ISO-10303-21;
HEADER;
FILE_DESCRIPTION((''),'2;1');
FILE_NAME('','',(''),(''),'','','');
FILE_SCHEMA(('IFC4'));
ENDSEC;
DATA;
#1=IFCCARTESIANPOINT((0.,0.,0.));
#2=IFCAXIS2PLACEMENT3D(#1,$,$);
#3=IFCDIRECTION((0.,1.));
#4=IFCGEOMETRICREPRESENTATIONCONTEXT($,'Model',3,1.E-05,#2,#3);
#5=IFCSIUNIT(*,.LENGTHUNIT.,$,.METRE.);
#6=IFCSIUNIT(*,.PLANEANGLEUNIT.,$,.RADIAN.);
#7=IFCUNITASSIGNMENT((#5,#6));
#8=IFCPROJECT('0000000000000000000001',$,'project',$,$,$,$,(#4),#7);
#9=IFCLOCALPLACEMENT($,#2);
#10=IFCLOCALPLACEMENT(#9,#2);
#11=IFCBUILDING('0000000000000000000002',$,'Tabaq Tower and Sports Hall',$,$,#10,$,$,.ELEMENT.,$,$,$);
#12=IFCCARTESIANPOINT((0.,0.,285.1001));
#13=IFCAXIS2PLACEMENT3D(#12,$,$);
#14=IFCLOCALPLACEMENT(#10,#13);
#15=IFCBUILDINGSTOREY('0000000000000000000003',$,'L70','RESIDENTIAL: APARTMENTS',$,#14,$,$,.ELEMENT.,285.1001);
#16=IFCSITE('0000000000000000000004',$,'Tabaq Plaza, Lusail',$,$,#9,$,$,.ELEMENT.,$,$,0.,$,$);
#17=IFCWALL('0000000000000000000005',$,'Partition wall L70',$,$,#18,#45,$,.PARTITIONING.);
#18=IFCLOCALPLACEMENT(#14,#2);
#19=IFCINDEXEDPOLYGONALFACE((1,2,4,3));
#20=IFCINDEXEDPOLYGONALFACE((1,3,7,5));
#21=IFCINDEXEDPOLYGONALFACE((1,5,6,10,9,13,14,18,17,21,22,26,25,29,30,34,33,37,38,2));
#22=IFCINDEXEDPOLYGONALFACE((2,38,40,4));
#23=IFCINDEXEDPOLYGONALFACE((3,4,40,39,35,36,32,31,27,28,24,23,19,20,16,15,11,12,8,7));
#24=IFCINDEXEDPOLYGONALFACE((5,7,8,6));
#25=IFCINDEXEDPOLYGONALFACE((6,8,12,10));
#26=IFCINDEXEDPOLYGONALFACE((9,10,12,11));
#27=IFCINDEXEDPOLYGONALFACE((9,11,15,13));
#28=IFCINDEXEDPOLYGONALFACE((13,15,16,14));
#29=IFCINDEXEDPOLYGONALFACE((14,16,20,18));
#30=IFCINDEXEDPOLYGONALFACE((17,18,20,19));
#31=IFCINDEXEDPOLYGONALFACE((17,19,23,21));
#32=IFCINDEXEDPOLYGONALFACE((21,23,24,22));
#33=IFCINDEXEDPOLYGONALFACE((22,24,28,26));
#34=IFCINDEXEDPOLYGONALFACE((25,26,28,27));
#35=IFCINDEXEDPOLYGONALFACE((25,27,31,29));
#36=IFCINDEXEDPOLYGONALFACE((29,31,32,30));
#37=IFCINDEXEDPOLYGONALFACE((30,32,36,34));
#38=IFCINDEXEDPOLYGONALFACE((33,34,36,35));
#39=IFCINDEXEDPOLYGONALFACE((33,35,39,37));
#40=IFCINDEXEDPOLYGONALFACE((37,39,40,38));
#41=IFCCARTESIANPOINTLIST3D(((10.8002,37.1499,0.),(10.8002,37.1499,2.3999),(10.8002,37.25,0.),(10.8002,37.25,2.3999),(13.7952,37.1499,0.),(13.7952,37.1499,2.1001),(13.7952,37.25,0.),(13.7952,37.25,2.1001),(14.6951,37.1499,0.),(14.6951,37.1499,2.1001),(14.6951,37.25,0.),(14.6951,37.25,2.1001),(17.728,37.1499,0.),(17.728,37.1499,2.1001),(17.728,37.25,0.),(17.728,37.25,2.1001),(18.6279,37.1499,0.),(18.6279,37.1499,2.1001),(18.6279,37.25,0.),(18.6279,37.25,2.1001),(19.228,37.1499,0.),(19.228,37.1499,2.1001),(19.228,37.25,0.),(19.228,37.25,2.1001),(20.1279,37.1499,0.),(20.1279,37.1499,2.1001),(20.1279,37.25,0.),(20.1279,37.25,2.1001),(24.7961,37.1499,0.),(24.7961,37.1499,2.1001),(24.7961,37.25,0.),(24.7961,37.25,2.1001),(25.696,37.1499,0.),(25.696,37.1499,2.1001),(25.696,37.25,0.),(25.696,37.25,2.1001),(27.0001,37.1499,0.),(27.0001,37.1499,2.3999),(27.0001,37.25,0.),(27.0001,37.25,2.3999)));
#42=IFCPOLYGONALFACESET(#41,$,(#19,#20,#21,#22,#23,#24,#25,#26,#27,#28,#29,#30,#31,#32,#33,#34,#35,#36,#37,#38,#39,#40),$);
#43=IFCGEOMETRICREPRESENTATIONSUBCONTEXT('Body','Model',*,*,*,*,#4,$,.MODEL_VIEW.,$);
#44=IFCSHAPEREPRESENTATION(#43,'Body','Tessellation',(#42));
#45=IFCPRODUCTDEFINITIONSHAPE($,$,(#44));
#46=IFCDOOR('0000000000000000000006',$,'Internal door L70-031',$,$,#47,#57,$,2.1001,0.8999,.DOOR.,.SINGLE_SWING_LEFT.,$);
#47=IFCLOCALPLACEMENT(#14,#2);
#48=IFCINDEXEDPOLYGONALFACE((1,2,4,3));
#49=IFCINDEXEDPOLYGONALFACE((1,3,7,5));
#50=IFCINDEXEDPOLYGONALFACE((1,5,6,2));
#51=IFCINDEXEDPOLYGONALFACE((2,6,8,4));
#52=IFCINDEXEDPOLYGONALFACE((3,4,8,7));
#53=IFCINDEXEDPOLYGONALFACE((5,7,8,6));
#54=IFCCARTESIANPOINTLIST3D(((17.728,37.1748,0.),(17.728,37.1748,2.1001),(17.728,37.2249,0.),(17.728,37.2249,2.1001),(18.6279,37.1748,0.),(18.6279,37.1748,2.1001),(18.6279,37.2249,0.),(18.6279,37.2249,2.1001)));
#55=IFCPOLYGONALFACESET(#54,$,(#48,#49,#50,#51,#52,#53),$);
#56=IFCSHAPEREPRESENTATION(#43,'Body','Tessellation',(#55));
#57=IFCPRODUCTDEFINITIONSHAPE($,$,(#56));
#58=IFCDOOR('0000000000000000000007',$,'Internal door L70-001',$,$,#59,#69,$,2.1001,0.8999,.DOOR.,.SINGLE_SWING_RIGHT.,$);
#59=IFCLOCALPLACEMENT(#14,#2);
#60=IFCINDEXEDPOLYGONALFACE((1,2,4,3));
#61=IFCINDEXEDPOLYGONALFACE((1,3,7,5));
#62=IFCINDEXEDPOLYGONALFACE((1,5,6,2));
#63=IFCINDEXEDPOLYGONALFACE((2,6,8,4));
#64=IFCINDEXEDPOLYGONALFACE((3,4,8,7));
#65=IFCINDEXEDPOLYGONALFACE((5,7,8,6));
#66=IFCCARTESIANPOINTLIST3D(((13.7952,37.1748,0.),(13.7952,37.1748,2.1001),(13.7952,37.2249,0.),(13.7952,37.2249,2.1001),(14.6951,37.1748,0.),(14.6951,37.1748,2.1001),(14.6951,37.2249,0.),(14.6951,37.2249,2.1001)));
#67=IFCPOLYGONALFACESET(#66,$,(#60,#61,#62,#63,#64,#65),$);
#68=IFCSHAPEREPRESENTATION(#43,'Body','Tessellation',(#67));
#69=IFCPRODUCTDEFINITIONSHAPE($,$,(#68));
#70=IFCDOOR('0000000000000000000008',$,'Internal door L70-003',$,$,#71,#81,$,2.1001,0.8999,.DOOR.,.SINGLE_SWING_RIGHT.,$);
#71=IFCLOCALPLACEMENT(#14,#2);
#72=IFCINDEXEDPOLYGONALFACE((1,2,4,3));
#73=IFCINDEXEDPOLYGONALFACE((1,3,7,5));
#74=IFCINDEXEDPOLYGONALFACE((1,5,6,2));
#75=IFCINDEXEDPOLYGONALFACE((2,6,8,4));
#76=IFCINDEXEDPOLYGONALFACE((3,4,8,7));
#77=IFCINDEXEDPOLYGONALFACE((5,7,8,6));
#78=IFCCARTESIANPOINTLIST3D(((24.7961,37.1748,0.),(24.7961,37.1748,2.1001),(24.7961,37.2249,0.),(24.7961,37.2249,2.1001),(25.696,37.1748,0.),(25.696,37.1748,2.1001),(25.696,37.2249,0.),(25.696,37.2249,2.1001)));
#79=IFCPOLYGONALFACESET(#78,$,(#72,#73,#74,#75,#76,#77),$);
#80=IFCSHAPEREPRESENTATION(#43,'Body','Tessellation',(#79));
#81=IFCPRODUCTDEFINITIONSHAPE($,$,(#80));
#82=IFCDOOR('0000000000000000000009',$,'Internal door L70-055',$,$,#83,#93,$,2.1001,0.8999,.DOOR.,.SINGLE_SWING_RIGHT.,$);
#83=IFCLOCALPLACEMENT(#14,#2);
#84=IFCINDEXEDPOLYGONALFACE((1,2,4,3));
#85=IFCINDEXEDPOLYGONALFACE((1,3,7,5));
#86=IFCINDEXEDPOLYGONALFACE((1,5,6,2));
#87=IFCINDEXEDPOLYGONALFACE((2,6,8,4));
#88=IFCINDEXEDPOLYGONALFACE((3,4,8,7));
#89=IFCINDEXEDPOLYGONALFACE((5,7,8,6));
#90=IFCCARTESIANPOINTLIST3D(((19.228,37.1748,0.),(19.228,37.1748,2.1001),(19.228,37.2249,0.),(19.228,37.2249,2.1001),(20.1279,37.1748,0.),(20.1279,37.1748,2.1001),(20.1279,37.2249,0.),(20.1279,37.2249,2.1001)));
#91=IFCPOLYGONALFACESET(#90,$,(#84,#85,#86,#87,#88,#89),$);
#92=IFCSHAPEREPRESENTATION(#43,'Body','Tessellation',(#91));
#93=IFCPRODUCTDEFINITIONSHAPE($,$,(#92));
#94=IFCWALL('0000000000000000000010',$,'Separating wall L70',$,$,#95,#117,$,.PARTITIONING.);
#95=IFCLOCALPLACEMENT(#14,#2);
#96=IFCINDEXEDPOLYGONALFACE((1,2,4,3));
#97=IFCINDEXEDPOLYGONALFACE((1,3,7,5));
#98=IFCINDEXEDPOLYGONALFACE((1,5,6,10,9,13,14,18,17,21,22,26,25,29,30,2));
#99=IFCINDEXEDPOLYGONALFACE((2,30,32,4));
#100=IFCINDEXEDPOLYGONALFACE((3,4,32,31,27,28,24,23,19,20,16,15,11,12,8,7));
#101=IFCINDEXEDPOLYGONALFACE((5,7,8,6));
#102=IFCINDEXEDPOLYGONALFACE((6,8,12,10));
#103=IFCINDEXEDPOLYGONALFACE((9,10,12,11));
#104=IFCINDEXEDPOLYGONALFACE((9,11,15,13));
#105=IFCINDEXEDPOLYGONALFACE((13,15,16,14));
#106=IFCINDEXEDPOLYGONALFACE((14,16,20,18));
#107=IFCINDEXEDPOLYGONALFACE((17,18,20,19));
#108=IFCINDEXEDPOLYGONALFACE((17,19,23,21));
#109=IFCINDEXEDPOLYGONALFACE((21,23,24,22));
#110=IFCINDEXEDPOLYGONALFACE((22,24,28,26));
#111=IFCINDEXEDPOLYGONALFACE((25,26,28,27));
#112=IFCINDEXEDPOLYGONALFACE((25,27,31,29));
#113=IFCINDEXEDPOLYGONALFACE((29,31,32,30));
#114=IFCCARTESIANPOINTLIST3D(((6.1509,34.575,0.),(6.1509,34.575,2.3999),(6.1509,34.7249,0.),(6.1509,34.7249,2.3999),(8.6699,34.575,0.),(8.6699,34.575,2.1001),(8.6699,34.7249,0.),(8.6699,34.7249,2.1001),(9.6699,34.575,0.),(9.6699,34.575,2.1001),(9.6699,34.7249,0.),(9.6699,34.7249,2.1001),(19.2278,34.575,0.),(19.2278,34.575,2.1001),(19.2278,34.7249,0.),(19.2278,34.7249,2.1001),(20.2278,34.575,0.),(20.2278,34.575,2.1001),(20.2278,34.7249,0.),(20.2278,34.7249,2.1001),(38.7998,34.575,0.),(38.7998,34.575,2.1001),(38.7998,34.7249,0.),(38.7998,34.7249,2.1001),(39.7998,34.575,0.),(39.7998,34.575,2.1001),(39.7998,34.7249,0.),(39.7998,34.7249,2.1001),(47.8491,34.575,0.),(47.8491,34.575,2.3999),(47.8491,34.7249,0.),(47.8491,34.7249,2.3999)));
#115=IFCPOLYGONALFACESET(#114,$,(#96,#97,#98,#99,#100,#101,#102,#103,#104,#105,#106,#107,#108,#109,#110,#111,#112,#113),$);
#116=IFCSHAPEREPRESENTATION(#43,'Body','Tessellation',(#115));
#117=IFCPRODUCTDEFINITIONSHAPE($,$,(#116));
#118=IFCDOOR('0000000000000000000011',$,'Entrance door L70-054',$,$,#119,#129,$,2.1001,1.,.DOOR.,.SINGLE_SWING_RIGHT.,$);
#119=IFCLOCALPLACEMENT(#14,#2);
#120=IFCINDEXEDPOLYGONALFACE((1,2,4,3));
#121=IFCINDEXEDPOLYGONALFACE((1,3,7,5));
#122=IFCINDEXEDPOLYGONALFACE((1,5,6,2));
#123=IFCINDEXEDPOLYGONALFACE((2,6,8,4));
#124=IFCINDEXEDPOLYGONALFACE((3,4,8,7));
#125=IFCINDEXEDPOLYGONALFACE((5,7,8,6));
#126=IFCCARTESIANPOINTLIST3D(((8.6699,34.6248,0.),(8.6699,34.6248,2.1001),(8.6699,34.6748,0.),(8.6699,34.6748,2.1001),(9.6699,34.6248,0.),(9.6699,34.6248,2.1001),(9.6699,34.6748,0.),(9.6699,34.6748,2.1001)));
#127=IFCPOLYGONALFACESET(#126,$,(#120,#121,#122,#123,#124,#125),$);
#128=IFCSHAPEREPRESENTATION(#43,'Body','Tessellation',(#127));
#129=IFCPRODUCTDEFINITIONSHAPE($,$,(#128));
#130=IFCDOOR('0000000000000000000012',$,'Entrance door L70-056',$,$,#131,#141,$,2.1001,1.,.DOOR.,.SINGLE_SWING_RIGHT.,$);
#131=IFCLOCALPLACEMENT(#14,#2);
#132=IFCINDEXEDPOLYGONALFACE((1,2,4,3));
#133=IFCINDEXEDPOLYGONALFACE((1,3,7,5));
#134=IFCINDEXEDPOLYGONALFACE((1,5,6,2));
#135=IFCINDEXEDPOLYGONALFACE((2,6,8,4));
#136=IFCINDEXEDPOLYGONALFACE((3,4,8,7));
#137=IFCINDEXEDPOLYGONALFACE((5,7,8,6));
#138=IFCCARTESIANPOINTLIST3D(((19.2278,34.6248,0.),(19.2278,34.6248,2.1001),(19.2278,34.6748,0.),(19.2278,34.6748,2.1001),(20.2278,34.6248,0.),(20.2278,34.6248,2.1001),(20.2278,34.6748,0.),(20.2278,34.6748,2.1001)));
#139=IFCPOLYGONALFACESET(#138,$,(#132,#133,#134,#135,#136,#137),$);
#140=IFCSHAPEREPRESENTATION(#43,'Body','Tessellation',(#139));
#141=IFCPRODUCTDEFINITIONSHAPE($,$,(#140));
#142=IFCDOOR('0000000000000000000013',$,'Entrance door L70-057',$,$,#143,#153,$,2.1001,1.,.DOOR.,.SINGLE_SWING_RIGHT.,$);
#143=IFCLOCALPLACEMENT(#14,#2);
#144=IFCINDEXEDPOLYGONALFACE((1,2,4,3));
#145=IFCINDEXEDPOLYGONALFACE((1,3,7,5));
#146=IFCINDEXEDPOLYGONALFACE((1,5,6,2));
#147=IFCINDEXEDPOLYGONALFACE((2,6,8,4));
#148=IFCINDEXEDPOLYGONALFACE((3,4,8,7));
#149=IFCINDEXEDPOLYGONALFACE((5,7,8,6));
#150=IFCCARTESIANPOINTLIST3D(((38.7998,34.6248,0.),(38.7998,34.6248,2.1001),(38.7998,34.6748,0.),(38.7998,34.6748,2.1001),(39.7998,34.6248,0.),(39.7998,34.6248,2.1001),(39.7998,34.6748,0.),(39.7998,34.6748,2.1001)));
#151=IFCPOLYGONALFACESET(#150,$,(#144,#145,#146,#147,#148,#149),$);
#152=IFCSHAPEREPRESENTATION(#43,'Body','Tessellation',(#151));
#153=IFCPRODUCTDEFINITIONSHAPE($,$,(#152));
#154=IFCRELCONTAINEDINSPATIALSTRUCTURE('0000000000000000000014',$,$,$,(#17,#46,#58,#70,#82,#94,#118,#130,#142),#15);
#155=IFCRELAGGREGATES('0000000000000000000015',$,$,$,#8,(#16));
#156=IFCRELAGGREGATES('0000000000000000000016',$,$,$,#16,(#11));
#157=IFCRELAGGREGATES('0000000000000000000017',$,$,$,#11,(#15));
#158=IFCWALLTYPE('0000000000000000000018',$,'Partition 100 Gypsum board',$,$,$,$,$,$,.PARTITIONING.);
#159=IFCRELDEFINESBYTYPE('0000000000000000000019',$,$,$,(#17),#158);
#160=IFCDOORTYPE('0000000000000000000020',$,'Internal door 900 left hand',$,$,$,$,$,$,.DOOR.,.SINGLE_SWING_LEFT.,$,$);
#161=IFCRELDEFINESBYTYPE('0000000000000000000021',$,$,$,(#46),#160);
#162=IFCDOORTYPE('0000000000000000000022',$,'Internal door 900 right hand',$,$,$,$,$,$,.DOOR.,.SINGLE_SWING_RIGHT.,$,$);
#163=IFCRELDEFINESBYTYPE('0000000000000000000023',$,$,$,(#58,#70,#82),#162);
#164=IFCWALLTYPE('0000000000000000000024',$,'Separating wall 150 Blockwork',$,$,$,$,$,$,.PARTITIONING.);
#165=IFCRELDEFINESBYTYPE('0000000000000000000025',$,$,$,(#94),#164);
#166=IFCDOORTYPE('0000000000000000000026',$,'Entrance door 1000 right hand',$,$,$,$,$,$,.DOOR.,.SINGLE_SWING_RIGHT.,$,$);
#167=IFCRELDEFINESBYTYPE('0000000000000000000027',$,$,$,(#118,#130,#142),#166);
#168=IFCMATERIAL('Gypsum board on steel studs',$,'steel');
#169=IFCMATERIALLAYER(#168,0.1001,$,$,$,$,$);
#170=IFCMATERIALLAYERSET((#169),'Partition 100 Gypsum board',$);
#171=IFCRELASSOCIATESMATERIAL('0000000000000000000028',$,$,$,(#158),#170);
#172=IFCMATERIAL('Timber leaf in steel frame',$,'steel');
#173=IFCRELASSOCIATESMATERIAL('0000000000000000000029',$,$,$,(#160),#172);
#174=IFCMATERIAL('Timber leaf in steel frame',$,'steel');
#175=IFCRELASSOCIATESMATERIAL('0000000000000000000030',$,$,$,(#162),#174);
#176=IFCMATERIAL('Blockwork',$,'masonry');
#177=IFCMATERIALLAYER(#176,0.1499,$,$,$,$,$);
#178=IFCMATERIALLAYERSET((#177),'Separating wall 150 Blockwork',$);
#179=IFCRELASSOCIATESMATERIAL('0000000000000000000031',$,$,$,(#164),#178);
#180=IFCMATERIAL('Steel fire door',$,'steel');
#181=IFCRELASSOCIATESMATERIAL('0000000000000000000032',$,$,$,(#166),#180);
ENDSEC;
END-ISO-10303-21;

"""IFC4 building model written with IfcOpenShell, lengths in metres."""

from ifc_helpers import new_model, si_unit, direction, frame, frame_2d, origin, place, context, subcontext, project, spatial, rectangle, extrude, material, layer, layer_set, type_object, element, fill, save


model = new_model("IFC4")

# Units and contexts
model_context = context("Model", 3, precision=1e-05, world=origin(), true_north=direction((0.0, 1.0)))
body_context = subcontext(model_context, "Body", "Model", "MODEL_VIEW")
ifc_project = project(units=[si_unit("LENGTHUNIT", "METRE"), si_unit("PLANEANGLEUNIT", "RADIAN")], contexts=[model_context])

# Site, building, storey
site_placement = place(None, origin())
site = spatial("IfcSite", under=ifc_project, at=site_placement, Name="Tabaq Plaza, Lusail", CompositionType="ELEMENT", RefElevation=0.0)
building_placement = place(site_placement, origin())
building = spatial("IfcBuilding", under=site, at=building_placement, Name="Tabaq Tower and Sports Hall", CompositionType="ELEMENT")
storey_placement = place(building_placement, frame((0.0, 0.0, 285.1001)))
storey = spatial("IfcBuildingStorey", under=building, at=storey_placement, Name="L70", Description="RESIDENTIAL: APARTMENTS", CompositionType="ELEMENT", Elevation=285.1001)

# Shared definitions
ifc_material_1 = material(Name="Gypsum board on steel studs", Category="steel")
ifc_layer_1 = layer(ifc_material_1, 0.1001)
ifc_layer_set_1 = layer_set([ifc_layer_1], Name="Partition 100 Gypsum board")
wall_type_1 = type_object("IfcWallType", Name="Partition 100 Gypsum board", PredefinedType="PARTITIONING", material=ifc_layer_set_1)
ifc_material_2 = material(Name="Timber leaf in steel frame", Category="steel")
door_type_1 = type_object("IfcDoorType", Name="Internal door 900 left hand", OperationType="SINGLE_SWING_LEFT", PredefinedType="DOOR", material=ifc_material_2)
ifc_material_3 = material(Name="Timber leaf in steel frame", Category="steel")
door_type_2 = type_object("IfcDoorType", Name="Internal door 900 right hand", OperationType="SINGLE_SWING_RIGHT", PredefinedType="DOOR", material=ifc_material_3)

# Walls, openings, doors
wall_1_placement = place(storey_placement, frame((10.8, 37.2, 0.0), z_axis=(0.0, 0.0, 1.0), x_axis=(1.0, 0.0, 0.0)))
wall_1 = element("IfcWall", 1, at=wall_1_placement, inside=storey, type_object=wall_type_1, Name="Partition wall L70", PredefinedType="PARTITIONING", context=body_context, shape_type="SweptSolid", body=[
    extrude(rectangle(XDim=16.2, YDim=0.1001, at=frame_2d((8.1001, 0.0))), origin(), (0.0, 0.0, 1.0), 2.3999),
])
opening_1_placement = place(wall_1_placement, frame((2.9951, 0.0, 0.0)))
opening_1 = element("IfcOpeningElement", 2, at=opening_1_placement, cuts=wall_1, PredefinedType="OPENING", context=body_context, shape_type="SweptSolid", body=[
    extrude(rectangle(XDim=0.8999, YDim=2.1001, at=frame_2d((0.45, 1.05))), frame((0.0, 0.05, 0.0), z_axis=(0.0, -1.0, 0.0), x_axis=(1.0, 0.0, 0.0)), (0.0, 0.0, 1.0), 0.1001),
])
opening_2_placement = place(wall_1_placement, frame((13.9961, 0.0, 0.0)))
opening_2 = element("IfcOpeningElement", 3, at=opening_2_placement, cuts=wall_1, PredefinedType="OPENING", context=body_context, shape_type="SweptSolid", body=[
    extrude(rectangle(XDim=0.8999, YDim=2.1001, at=frame_2d((0.45, 1.05))), frame((0.0, 0.05, 0.0), z_axis=(0.0, -1.0, 0.0), x_axis=(1.0, 0.0, 0.0)), (0.0, 0.0, 1.0), 0.1001),
])
opening_3_placement = place(wall_1_placement, frame((6.928, 0.0, 0.0)))
opening_3 = element("IfcOpeningElement", 4, at=opening_3_placement, cuts=wall_1, PredefinedType="OPENING", context=body_context, shape_type="SweptSolid", body=[
    extrude(rectangle(XDim=0.8999, YDim=2.1001, at=frame_2d((0.45, 1.05))), frame((0.0, 0.05, 0.0), z_axis=(0.0, -1.0, 0.0), x_axis=(1.0, 0.0, 0.0)), (0.0, 0.0, 1.0), 0.1001),
])
opening_4_placement = place(wall_1_placement, frame((8.428, 0.0, 0.0)))
opening_4 = element("IfcOpeningElement", 5, at=opening_4_placement, cuts=wall_1, PredefinedType="OPENING", context=body_context, shape_type="SweptSolid", body=[
    extrude(rectangle(XDim=0.8999, YDim=2.1001, at=frame_2d((0.45, 1.05))), frame((0.0, 0.05, 0.0), z_axis=(0.0, -1.0, 0.0), x_axis=(1.0, 0.0, 0.0)), (0.0, 0.0, 1.0), 0.1001),
])
door_1_placement = place(opening_3_placement, origin())
door_1 = element("IfcDoor", 6, at=door_1_placement, inside=storey, type_object=door_type_1, Name="Internal door L70-031", OperationType="SINGLE_SWING_LEFT", OverallHeight=2.1001, OverallWidth=0.8999, PredefinedType="DOOR", context=body_context, shape_type="SweptSolid", body=[
    extrude(rectangle(XDim=0.8999, YDim=2.1001, at=frame_2d((0.45, 1.05))), frame((0.0, 0.0249, 0.0), z_axis=(0.0, -1.0, 0.0), x_axis=(1.0, 0.0, 0.0)), (0.0, 0.0, 1.0), 0.05),
])
fill(opening_3, door_1)
door_2_placement = place(opening_1_placement, origin())
door_2 = element("IfcDoor", 7, at=door_2_placement, inside=storey, type_object=door_type_2, Name="Internal door L70-001", OperationType="SINGLE_SWING_RIGHT", OverallHeight=2.1001, OverallWidth=0.8999, PredefinedType="DOOR", context=body_context, shape_type="SweptSolid", body=[
    extrude(rectangle(XDim=0.8999, YDim=2.1001, at=frame_2d((0.45, 1.05))), frame((0.0, 0.0249, 0.0), z_axis=(0.0, -1.0, 0.0), x_axis=(1.0, 0.0, 0.0)), (0.0, 0.0, 1.0), 0.05),
])
fill(opening_1, door_2)
door_3_placement = place(opening_2_placement, origin())
door_3 = element("IfcDoor", 8, at=door_3_placement, inside=storey, type_object=door_type_2, Name="Internal door L70-003", OperationType="SINGLE_SWING_RIGHT", OverallHeight=2.1001, OverallWidth=0.8999, PredefinedType="DOOR", context=body_context, shape_type="SweptSolid", body=[
    extrude(rectangle(XDim=0.8999, YDim=2.1001, at=frame_2d((0.45, 1.05))), frame((0.0, 0.0249, 0.0), z_axis=(0.0, -1.0, 0.0), x_axis=(1.0, 0.0, 0.0)), (0.0, 0.0, 1.0), 0.05),
])
fill(opening_2, door_3)
door_4_placement = place(opening_4_placement, origin())
door_4 = element("IfcDoor", 9, at=door_4_placement, inside=storey, type_object=door_type_2, Name="Internal door L70-055", OperationType="SINGLE_SWING_RIGHT", OverallHeight=2.1001, OverallWidth=0.8999, PredefinedType="DOOR", context=body_context, shape_type="SweptSolid", body=[
    extrude(rectangle(XDim=0.8999, YDim=2.1001, at=frame_2d((0.45, 1.05))), frame((0.0, 0.0249, 0.0), z_axis=(0.0, -1.0, 0.0), x_axis=(1.0, 0.0, 0.0)), (0.0, 0.0, 1.0), 0.05),
])
fill(opening_4, door_4)
ifc_material_4 = material(Name="Blockwork", Category="masonry")
ifc_layer_2 = layer(ifc_material_4, 0.1499)
ifc_layer_set_2 = layer_set([ifc_layer_2], Name="Separating wall 150 Blockwork")
wall_type_2 = type_object("IfcWallType", Name="Separating wall 150 Blockwork", PredefinedType="PARTITIONING", material=ifc_layer_set_2)
wall_2_placement = place(storey_placement, frame((6.1509, 34.6499, 0.0), z_axis=(0.0, 0.0, 1.0), x_axis=(1.0, 0.0, 0.0)))
wall_2 = element("IfcWall", 10, at=wall_2_placement, inside=storey, type_object=wall_type_2, Name="Separating wall L70", PredefinedType="PARTITIONING", context=body_context, shape_type="SweptSolid", body=[
    extrude(rectangle(XDim=41.6982, YDim=0.1499, at=frame_2d((20.8491, 0.0))), origin(), (0.0, 0.0, 1.0), 2.3999),
])
opening_5_placement = place(wall_2_placement, frame((2.519, 0.0, 0.0)))
opening_5 = element("IfcOpeningElement", 11, at=opening_5_placement, cuts=wall_2, PredefinedType="OPENING", context=body_context, shape_type="SweptSolid", body=[
    extrude(rectangle(XDim=1.0, YDim=2.1001, at=frame_2d((0.5, 1.05))), frame((0.0, 0.075, 0.0), z_axis=(0.0, -1.0, 0.0), x_axis=(1.0, 0.0, 0.0)), (0.0, 0.0, 1.0), 0.1499),
])
opening_6_placement = place(wall_2_placement, frame((13.0769, 0.0, 0.0)))
opening_6 = element("IfcOpeningElement", 12, at=opening_6_placement, cuts=wall_2, PredefinedType="OPENING", context=body_context, shape_type="SweptSolid", body=[
    extrude(rectangle(XDim=1.0, YDim=2.1001, at=frame_2d((0.5, 1.05))), frame((0.0, 0.075, 0.0), z_axis=(0.0, -1.0, 0.0), x_axis=(1.0, 0.0, 0.0)), (0.0, 0.0, 1.0), 0.1499),
])
opening_7_placement = place(wall_2_placement, frame((32.6489, 0.0, 0.0)))
opening_7 = element("IfcOpeningElement", 13, at=opening_7_placement, cuts=wall_2, PredefinedType="OPENING", context=body_context, shape_type="SweptSolid", body=[
    extrude(rectangle(XDim=1.0, YDim=2.1001, at=frame_2d((0.5, 1.05))), frame((0.0, 0.075, 0.0), z_axis=(0.0, -1.0, 0.0), x_axis=(1.0, 0.0, 0.0)), (0.0, 0.0, 1.0), 0.1499),
])
ifc_material_5 = material(Name="Steel fire door", Category="steel")
door_type_3 = type_object("IfcDoorType", Name="Entrance door 1000 right hand", OperationType="SINGLE_SWING_RIGHT", PredefinedType="DOOR", material=ifc_material_5)
door_5_placement = place(opening_5_placement, origin())
door_5 = element("IfcDoor", 14, at=door_5_placement, inside=storey, type_object=door_type_3, Name="Entrance door L70-054", OperationType="SINGLE_SWING_RIGHT", OverallHeight=2.1001, OverallWidth=1.0, PredefinedType="DOOR", context=body_context, shape_type="SweptSolid", body=[
    extrude(rectangle(XDim=1.0, YDim=2.1001, at=frame_2d((0.5, 1.05))), frame((0.0, 0.0249, 0.0), z_axis=(0.0, -1.0, 0.0), x_axis=(1.0, 0.0, 0.0)), (0.0, 0.0, 1.0), 0.05),
])
fill(opening_5, door_5)
door_6_placement = place(opening_6_placement, origin())
door_6 = element("IfcDoor", 15, at=door_6_placement, inside=storey, type_object=door_type_3, Name="Entrance door L70-056", OperationType="SINGLE_SWING_RIGHT", OverallHeight=2.1001, OverallWidth=1.0, PredefinedType="DOOR", context=body_context, shape_type="SweptSolid", body=[
    extrude(rectangle(XDim=1.0, YDim=2.1001, at=frame_2d((0.5, 1.05))), frame((0.0, 0.0249, 0.0), z_axis=(0.0, -1.0, 0.0), x_axis=(1.0, 0.0, 0.0)), (0.0, 0.0, 1.0), 0.05),
])
fill(opening_6, door_6)
door_7_placement = place(opening_7_placement, origin())
door_7 = element("IfcDoor", 16, at=door_7_placement, inside=storey, type_object=door_type_3, Name="Entrance door L70-057", OperationType="SINGLE_SWING_RIGHT", OverallHeight=2.1001, OverallWidth=1.0, PredefinedType="DOOR", context=body_context, shape_type="SweptSolid", body=[
    extrude(rectangle(XDim=1.0, YDim=2.1001, at=frame_2d((0.5, 1.05))), frame((0.0, 0.0249, 0.0), z_axis=(0.0, -1.0, 0.0), x_axis=(1.0, 0.0, 0.0)), (0.0, 0.0, 1.0), 0.05),
])
fill(opening_7, door_7)

save(model, "model.ifc")
